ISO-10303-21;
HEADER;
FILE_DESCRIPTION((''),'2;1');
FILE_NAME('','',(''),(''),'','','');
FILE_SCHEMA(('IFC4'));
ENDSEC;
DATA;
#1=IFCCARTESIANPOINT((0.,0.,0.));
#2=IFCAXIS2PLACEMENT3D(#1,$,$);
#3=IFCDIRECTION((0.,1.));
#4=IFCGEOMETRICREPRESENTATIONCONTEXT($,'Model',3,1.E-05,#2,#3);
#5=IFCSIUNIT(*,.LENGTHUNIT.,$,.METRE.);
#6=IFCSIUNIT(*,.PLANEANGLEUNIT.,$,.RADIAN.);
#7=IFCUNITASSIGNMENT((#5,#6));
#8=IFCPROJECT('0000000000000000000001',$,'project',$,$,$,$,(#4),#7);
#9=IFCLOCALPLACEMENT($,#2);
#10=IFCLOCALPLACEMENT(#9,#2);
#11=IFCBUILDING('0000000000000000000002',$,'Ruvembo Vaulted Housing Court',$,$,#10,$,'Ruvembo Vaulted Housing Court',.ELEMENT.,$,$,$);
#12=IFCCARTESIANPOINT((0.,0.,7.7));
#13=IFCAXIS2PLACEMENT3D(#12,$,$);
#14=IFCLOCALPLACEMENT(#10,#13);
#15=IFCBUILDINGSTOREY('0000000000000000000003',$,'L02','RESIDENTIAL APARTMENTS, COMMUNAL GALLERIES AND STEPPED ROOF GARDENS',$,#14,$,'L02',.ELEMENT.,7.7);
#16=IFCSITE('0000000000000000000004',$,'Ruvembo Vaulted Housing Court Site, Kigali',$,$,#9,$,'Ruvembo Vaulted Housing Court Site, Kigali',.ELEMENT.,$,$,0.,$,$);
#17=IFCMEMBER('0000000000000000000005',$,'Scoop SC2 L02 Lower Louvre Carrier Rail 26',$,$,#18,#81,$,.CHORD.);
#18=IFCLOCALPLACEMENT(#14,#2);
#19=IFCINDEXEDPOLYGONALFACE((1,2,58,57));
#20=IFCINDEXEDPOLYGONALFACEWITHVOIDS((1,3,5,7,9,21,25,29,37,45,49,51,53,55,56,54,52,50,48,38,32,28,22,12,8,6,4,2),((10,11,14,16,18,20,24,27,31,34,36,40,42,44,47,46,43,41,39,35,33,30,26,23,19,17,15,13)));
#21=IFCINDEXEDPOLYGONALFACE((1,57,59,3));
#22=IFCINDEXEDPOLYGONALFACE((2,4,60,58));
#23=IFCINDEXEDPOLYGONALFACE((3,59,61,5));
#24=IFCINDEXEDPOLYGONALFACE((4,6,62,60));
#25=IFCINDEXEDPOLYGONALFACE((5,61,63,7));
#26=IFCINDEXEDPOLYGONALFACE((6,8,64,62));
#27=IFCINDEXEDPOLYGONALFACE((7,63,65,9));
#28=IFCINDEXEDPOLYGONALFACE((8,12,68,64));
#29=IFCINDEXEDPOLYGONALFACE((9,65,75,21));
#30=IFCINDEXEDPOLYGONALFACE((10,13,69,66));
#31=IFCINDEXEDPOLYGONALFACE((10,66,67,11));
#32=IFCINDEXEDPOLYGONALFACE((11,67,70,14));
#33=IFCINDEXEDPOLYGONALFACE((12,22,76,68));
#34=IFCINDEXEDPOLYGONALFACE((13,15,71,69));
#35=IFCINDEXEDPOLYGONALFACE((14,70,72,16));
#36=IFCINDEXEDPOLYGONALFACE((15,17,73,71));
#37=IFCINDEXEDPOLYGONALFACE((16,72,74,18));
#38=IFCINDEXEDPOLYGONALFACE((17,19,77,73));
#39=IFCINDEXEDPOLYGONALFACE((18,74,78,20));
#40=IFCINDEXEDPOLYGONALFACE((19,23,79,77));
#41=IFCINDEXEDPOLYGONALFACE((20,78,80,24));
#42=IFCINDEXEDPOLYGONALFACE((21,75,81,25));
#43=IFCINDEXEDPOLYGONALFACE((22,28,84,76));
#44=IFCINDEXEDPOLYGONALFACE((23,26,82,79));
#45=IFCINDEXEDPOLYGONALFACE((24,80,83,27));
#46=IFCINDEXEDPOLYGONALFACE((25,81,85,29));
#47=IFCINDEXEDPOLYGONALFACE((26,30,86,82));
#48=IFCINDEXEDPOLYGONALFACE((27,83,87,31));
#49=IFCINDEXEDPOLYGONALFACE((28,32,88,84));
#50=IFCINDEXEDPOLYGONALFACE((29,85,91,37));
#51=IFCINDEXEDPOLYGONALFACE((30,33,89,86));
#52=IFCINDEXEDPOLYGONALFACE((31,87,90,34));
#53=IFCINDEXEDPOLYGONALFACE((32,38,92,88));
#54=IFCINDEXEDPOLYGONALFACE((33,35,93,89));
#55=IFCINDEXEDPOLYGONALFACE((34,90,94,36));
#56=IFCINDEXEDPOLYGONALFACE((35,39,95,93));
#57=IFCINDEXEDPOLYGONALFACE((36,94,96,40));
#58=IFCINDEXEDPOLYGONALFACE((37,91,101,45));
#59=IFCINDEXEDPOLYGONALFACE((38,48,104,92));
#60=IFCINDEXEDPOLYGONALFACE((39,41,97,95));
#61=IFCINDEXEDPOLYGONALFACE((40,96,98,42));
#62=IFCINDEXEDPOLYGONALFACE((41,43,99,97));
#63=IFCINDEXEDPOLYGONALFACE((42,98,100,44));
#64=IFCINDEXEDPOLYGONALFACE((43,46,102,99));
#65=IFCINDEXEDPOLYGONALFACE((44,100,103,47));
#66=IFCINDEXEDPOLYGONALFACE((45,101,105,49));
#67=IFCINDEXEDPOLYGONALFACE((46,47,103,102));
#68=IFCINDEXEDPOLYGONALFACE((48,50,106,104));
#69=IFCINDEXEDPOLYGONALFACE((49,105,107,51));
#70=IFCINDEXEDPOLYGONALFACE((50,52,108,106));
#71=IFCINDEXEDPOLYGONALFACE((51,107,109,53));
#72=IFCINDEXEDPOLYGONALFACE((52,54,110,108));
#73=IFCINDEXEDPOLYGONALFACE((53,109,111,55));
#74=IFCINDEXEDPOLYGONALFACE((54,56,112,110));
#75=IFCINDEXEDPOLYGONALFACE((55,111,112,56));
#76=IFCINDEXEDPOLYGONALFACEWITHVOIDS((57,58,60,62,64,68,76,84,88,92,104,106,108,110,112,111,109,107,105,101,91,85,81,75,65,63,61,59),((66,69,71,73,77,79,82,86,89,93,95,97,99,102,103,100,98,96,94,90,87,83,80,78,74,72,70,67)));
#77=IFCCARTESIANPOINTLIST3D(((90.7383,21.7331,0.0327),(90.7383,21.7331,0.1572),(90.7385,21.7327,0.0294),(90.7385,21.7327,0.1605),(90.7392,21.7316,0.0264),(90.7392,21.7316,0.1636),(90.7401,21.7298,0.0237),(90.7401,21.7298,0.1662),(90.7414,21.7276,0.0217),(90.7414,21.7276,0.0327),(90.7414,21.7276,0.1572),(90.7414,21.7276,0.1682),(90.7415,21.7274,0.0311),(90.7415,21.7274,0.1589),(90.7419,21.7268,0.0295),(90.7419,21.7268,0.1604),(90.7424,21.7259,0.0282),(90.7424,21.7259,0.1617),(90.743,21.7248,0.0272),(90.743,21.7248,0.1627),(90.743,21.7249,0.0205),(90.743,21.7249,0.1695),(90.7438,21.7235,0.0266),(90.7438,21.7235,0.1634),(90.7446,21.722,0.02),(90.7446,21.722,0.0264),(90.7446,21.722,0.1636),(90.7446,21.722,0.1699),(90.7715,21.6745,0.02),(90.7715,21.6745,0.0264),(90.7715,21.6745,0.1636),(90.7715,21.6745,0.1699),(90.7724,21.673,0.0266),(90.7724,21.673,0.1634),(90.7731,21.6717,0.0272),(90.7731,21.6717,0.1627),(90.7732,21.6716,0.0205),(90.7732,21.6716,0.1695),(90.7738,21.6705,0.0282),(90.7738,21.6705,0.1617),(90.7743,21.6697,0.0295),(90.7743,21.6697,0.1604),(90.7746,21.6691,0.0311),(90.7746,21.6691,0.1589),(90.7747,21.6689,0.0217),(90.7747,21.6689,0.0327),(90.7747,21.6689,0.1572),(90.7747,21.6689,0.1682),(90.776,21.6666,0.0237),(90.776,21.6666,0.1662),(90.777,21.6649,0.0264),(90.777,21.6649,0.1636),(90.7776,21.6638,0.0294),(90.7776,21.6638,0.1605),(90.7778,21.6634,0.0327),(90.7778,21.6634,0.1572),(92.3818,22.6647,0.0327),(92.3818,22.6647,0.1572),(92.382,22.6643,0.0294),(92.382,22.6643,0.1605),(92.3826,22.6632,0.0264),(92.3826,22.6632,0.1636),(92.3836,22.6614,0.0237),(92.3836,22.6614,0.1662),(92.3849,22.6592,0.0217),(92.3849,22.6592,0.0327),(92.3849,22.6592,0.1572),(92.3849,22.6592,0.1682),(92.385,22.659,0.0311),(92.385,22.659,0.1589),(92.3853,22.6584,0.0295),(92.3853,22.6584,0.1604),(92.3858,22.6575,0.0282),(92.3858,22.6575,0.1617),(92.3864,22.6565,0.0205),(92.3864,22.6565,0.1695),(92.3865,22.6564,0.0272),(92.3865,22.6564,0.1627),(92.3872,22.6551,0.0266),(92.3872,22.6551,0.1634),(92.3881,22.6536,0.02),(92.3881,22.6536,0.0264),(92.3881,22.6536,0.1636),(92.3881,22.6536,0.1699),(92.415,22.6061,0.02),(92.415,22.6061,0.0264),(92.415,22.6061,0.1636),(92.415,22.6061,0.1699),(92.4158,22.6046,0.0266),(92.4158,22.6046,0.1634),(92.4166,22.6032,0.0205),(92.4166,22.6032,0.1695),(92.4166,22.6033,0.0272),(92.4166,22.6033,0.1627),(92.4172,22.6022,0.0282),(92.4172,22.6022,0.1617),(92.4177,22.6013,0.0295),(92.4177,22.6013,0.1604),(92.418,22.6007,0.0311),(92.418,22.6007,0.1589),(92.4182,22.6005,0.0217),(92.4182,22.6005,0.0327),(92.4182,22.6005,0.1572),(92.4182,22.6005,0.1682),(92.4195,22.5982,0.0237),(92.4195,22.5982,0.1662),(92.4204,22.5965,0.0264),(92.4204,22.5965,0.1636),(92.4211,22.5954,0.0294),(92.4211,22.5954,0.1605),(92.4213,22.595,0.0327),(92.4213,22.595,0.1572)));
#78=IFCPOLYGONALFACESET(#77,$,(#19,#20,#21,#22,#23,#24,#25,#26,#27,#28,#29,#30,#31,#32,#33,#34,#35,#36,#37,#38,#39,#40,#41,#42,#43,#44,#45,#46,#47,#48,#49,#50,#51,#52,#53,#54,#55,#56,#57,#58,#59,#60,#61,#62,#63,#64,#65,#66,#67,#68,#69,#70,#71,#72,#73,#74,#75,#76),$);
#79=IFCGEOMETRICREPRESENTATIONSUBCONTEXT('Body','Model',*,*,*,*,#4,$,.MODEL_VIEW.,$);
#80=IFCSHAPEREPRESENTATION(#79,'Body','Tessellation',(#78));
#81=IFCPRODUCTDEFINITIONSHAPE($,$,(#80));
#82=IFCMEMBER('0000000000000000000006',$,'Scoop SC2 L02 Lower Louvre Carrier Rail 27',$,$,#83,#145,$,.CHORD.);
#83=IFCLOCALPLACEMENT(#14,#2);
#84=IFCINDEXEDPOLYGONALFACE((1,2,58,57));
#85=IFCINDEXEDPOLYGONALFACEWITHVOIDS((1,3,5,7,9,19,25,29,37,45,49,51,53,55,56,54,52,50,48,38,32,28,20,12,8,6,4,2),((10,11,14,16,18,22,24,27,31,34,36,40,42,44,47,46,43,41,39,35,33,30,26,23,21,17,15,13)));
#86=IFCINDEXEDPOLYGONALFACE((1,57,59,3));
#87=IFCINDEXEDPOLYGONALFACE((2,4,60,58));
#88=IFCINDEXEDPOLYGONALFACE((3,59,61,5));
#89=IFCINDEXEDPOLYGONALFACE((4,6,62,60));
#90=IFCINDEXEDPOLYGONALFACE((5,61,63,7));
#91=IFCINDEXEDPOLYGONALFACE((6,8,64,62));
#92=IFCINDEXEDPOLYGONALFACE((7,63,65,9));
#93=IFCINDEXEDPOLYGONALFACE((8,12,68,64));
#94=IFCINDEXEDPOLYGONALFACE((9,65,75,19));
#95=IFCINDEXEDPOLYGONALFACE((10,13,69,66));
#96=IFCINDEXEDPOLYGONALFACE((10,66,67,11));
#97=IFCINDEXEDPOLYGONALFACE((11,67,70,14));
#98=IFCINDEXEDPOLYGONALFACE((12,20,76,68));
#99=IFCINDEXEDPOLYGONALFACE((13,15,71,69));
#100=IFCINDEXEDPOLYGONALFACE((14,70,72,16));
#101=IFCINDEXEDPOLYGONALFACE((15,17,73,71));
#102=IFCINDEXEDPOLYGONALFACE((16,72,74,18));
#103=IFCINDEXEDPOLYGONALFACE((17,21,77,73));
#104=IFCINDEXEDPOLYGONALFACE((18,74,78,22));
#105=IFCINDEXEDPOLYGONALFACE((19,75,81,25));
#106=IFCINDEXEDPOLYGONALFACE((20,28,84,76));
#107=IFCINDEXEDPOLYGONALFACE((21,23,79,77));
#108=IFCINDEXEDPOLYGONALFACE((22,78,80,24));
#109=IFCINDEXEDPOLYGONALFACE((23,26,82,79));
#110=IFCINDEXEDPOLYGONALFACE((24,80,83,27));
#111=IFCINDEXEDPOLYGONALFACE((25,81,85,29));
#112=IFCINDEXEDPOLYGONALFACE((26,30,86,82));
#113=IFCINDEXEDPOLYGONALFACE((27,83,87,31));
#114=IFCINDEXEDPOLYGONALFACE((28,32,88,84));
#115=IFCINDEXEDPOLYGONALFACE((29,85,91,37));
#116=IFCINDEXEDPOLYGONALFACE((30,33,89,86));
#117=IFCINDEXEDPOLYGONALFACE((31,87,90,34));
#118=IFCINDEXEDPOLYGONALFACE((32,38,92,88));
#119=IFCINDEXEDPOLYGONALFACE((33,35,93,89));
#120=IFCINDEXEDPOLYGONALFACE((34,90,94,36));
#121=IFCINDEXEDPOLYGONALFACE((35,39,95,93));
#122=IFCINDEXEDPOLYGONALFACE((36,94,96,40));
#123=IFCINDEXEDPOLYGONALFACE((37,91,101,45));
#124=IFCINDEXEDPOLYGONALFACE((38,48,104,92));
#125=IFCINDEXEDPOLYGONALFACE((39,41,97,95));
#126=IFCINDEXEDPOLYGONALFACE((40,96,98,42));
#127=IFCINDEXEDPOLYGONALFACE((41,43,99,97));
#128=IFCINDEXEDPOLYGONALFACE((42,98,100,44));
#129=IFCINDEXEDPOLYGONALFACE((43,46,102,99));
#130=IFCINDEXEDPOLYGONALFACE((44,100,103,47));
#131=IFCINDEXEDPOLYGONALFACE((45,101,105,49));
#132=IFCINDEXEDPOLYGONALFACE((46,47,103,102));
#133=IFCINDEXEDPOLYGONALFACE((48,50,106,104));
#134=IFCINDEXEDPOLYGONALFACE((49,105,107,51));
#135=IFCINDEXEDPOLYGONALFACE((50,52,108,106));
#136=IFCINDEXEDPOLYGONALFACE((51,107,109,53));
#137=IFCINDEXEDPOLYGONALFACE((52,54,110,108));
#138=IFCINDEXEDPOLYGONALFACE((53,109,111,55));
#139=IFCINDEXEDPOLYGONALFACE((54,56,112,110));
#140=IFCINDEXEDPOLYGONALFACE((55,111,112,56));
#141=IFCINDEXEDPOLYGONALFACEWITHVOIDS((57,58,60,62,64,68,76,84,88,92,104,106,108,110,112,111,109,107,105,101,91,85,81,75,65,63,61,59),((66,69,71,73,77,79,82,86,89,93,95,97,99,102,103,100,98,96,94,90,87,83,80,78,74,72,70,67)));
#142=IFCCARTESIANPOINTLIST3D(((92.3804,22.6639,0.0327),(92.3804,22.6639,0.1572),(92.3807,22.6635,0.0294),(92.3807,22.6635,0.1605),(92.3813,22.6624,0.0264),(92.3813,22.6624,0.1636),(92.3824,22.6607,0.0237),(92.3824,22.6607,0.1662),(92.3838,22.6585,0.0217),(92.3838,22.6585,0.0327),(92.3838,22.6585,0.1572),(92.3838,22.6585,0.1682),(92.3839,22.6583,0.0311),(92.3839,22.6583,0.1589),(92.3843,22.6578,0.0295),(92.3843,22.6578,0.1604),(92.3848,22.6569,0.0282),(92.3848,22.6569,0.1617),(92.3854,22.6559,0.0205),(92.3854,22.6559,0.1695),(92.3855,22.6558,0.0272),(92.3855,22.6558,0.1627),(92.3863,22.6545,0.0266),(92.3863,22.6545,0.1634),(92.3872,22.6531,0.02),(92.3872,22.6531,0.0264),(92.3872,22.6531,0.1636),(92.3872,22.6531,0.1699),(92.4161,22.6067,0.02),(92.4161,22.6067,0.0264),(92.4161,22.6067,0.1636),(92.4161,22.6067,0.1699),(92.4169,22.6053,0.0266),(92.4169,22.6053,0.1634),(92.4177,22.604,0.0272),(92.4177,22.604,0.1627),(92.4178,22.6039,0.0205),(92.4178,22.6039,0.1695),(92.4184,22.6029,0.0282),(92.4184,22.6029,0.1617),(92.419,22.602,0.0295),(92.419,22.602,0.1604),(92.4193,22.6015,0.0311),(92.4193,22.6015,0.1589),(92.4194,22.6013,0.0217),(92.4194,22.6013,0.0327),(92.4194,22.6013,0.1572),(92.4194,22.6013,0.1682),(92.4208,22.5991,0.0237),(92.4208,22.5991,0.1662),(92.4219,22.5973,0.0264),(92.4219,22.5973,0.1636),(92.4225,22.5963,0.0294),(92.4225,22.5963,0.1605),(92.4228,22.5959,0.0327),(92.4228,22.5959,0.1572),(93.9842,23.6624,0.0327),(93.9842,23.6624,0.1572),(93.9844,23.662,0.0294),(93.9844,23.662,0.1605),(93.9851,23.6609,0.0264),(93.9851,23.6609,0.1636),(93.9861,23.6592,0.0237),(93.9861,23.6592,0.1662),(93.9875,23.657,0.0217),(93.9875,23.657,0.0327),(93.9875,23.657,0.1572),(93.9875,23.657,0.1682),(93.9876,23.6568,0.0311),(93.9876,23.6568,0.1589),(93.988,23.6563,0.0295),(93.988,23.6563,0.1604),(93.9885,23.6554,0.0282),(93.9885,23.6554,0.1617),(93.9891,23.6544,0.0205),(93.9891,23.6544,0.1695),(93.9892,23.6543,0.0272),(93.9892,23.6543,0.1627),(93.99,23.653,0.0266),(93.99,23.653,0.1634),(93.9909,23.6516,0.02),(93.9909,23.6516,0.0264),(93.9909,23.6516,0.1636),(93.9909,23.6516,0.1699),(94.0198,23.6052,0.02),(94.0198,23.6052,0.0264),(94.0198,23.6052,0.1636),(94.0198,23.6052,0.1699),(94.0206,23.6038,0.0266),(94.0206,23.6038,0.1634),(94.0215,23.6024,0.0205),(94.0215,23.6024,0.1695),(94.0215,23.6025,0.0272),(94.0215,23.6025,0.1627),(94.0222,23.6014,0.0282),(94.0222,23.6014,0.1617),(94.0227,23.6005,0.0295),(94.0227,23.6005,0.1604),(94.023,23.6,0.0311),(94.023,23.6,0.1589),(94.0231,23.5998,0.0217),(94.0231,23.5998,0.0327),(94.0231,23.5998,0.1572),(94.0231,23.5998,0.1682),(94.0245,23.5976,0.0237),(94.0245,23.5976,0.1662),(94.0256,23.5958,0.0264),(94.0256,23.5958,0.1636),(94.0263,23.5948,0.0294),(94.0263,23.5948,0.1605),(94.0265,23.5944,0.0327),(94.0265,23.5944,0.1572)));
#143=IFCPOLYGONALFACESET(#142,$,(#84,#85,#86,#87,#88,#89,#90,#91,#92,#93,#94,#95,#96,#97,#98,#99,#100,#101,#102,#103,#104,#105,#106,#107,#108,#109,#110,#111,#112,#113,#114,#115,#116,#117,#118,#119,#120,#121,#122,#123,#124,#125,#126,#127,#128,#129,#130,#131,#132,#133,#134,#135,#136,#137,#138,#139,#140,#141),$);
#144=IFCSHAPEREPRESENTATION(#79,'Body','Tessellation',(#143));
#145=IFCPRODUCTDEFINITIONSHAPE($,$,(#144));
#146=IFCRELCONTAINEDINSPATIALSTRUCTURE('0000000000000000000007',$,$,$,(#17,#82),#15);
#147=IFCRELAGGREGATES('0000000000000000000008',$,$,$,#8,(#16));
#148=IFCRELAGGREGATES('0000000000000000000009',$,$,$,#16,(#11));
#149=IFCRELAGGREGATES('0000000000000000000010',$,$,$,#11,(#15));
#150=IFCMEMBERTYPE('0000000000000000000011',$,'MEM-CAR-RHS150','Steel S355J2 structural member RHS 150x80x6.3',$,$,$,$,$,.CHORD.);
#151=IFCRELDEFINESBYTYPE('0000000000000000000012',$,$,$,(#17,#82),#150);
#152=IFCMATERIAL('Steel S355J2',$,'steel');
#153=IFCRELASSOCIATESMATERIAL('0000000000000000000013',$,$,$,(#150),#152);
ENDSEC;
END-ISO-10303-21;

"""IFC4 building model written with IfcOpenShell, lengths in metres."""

from ifc_helpers import new_model, si_unit, direction, frame, origin, origin_2d, place, context, subcontext, project, spatial, hollow_rectangle, extrude, material, material_profile, profile_set, type_object, element, save


model = new_model("IFC4")

# Units and contexts
model_context = context("Model", 3, precision=1e-05, world=origin(), true_north=direction((0.0, 1.0)))
body_context = subcontext(model_context, "Body", "Model", "MODEL_VIEW")
ifc_project = project(units=[si_unit("LENGTHUNIT", "METRE"), si_unit("PLANEANGLEUNIT", "RADIAN")], contexts=[model_context])

# Site, building, storey
site_placement = place(None, origin())
site = spatial("IfcSite", under=ifc_project, at=site_placement, Name="Ruvembo Vaulted Housing Court Site, Kigali", LongName="Ruvembo Vaulted Housing Court Site, Kigali", CompositionType="ELEMENT", RefElevation=0.0)
building_placement = place(site_placement, origin())
building = spatial("IfcBuilding", under=site, at=building_placement, Name="Ruvembo Vaulted Housing Court", LongName="Ruvembo Vaulted Housing Court", CompositionType="ELEMENT")
storey_placement = place(building_placement, frame((0.0, 0.0, 7.7)))
storey = spatial("IfcBuildingStorey", under=building, at=storey_placement, Name="L02", Description="RESIDENTIAL APARTMENTS, COMMUNAL GALLERIES AND STEPPED ROOF GARDENS", LongName="L02", CompositionType="ELEMENT", Elevation=7.7)

# Shared definitions
ifc_material_1 = material(Name="Steel S355J2", Category="steel")

# Members
ifc_material_profile_1 = material_profile(ifc_material_1, hollow_rectangle(XDim=0.0801, YDim=0.1499, WallThickness=0.0063, InnerFilletRadius=0.0063, OuterFilletRadius=0.0127, at=origin_2d()), Name="RHS 150x80x6.3")
ifc_profile_set_1 = profile_set([ifc_material_profile_1], Name="Steel S355J2")
member_type_1 = type_object("IfcMemberType", Name="MEM-CAR-RHS150", Description="Steel S355J2 structural member RHS 150x80x6.3", PredefinedType="CHORD", material=ifc_profile_set_1)
for number, where, z_axis, x_axis, name in (
    (1, (90.7581, 21.6982, 0.095), (0.869956, 0.49313, 0.0), (-0.49313, 0.869956, 0.0), "Scoop SC2 L02 Lower Louvre Carrier Rail 26"),
    (2, (92.4016, 22.6299, 0.095), (0.848905, 0.528546, 0.0), (-0.528546, 0.848905, 0.0), "Scoop SC2 L02 Lower Louvre Carrier Rail 27"),
):
    element("IfcMember", number, at=place(storey_placement, frame(where, z_axis=z_axis, x_axis=x_axis)), inside=storey, type_object=member_type_1, Name=name, PredefinedType="CHORD", context=body_context, shape_type="SweptSolid", body=[
        extrude(hollow_rectangle(XDim=0.0801, YDim=0.1499, WallThickness=0.0063, InnerFilletRadius=0.0063, OuterFilletRadius=0.0127, at=origin_2d()), origin(), (0.0, 0.0, 1.0), 1.8892),
    ])

save(model, "model.ifc")
